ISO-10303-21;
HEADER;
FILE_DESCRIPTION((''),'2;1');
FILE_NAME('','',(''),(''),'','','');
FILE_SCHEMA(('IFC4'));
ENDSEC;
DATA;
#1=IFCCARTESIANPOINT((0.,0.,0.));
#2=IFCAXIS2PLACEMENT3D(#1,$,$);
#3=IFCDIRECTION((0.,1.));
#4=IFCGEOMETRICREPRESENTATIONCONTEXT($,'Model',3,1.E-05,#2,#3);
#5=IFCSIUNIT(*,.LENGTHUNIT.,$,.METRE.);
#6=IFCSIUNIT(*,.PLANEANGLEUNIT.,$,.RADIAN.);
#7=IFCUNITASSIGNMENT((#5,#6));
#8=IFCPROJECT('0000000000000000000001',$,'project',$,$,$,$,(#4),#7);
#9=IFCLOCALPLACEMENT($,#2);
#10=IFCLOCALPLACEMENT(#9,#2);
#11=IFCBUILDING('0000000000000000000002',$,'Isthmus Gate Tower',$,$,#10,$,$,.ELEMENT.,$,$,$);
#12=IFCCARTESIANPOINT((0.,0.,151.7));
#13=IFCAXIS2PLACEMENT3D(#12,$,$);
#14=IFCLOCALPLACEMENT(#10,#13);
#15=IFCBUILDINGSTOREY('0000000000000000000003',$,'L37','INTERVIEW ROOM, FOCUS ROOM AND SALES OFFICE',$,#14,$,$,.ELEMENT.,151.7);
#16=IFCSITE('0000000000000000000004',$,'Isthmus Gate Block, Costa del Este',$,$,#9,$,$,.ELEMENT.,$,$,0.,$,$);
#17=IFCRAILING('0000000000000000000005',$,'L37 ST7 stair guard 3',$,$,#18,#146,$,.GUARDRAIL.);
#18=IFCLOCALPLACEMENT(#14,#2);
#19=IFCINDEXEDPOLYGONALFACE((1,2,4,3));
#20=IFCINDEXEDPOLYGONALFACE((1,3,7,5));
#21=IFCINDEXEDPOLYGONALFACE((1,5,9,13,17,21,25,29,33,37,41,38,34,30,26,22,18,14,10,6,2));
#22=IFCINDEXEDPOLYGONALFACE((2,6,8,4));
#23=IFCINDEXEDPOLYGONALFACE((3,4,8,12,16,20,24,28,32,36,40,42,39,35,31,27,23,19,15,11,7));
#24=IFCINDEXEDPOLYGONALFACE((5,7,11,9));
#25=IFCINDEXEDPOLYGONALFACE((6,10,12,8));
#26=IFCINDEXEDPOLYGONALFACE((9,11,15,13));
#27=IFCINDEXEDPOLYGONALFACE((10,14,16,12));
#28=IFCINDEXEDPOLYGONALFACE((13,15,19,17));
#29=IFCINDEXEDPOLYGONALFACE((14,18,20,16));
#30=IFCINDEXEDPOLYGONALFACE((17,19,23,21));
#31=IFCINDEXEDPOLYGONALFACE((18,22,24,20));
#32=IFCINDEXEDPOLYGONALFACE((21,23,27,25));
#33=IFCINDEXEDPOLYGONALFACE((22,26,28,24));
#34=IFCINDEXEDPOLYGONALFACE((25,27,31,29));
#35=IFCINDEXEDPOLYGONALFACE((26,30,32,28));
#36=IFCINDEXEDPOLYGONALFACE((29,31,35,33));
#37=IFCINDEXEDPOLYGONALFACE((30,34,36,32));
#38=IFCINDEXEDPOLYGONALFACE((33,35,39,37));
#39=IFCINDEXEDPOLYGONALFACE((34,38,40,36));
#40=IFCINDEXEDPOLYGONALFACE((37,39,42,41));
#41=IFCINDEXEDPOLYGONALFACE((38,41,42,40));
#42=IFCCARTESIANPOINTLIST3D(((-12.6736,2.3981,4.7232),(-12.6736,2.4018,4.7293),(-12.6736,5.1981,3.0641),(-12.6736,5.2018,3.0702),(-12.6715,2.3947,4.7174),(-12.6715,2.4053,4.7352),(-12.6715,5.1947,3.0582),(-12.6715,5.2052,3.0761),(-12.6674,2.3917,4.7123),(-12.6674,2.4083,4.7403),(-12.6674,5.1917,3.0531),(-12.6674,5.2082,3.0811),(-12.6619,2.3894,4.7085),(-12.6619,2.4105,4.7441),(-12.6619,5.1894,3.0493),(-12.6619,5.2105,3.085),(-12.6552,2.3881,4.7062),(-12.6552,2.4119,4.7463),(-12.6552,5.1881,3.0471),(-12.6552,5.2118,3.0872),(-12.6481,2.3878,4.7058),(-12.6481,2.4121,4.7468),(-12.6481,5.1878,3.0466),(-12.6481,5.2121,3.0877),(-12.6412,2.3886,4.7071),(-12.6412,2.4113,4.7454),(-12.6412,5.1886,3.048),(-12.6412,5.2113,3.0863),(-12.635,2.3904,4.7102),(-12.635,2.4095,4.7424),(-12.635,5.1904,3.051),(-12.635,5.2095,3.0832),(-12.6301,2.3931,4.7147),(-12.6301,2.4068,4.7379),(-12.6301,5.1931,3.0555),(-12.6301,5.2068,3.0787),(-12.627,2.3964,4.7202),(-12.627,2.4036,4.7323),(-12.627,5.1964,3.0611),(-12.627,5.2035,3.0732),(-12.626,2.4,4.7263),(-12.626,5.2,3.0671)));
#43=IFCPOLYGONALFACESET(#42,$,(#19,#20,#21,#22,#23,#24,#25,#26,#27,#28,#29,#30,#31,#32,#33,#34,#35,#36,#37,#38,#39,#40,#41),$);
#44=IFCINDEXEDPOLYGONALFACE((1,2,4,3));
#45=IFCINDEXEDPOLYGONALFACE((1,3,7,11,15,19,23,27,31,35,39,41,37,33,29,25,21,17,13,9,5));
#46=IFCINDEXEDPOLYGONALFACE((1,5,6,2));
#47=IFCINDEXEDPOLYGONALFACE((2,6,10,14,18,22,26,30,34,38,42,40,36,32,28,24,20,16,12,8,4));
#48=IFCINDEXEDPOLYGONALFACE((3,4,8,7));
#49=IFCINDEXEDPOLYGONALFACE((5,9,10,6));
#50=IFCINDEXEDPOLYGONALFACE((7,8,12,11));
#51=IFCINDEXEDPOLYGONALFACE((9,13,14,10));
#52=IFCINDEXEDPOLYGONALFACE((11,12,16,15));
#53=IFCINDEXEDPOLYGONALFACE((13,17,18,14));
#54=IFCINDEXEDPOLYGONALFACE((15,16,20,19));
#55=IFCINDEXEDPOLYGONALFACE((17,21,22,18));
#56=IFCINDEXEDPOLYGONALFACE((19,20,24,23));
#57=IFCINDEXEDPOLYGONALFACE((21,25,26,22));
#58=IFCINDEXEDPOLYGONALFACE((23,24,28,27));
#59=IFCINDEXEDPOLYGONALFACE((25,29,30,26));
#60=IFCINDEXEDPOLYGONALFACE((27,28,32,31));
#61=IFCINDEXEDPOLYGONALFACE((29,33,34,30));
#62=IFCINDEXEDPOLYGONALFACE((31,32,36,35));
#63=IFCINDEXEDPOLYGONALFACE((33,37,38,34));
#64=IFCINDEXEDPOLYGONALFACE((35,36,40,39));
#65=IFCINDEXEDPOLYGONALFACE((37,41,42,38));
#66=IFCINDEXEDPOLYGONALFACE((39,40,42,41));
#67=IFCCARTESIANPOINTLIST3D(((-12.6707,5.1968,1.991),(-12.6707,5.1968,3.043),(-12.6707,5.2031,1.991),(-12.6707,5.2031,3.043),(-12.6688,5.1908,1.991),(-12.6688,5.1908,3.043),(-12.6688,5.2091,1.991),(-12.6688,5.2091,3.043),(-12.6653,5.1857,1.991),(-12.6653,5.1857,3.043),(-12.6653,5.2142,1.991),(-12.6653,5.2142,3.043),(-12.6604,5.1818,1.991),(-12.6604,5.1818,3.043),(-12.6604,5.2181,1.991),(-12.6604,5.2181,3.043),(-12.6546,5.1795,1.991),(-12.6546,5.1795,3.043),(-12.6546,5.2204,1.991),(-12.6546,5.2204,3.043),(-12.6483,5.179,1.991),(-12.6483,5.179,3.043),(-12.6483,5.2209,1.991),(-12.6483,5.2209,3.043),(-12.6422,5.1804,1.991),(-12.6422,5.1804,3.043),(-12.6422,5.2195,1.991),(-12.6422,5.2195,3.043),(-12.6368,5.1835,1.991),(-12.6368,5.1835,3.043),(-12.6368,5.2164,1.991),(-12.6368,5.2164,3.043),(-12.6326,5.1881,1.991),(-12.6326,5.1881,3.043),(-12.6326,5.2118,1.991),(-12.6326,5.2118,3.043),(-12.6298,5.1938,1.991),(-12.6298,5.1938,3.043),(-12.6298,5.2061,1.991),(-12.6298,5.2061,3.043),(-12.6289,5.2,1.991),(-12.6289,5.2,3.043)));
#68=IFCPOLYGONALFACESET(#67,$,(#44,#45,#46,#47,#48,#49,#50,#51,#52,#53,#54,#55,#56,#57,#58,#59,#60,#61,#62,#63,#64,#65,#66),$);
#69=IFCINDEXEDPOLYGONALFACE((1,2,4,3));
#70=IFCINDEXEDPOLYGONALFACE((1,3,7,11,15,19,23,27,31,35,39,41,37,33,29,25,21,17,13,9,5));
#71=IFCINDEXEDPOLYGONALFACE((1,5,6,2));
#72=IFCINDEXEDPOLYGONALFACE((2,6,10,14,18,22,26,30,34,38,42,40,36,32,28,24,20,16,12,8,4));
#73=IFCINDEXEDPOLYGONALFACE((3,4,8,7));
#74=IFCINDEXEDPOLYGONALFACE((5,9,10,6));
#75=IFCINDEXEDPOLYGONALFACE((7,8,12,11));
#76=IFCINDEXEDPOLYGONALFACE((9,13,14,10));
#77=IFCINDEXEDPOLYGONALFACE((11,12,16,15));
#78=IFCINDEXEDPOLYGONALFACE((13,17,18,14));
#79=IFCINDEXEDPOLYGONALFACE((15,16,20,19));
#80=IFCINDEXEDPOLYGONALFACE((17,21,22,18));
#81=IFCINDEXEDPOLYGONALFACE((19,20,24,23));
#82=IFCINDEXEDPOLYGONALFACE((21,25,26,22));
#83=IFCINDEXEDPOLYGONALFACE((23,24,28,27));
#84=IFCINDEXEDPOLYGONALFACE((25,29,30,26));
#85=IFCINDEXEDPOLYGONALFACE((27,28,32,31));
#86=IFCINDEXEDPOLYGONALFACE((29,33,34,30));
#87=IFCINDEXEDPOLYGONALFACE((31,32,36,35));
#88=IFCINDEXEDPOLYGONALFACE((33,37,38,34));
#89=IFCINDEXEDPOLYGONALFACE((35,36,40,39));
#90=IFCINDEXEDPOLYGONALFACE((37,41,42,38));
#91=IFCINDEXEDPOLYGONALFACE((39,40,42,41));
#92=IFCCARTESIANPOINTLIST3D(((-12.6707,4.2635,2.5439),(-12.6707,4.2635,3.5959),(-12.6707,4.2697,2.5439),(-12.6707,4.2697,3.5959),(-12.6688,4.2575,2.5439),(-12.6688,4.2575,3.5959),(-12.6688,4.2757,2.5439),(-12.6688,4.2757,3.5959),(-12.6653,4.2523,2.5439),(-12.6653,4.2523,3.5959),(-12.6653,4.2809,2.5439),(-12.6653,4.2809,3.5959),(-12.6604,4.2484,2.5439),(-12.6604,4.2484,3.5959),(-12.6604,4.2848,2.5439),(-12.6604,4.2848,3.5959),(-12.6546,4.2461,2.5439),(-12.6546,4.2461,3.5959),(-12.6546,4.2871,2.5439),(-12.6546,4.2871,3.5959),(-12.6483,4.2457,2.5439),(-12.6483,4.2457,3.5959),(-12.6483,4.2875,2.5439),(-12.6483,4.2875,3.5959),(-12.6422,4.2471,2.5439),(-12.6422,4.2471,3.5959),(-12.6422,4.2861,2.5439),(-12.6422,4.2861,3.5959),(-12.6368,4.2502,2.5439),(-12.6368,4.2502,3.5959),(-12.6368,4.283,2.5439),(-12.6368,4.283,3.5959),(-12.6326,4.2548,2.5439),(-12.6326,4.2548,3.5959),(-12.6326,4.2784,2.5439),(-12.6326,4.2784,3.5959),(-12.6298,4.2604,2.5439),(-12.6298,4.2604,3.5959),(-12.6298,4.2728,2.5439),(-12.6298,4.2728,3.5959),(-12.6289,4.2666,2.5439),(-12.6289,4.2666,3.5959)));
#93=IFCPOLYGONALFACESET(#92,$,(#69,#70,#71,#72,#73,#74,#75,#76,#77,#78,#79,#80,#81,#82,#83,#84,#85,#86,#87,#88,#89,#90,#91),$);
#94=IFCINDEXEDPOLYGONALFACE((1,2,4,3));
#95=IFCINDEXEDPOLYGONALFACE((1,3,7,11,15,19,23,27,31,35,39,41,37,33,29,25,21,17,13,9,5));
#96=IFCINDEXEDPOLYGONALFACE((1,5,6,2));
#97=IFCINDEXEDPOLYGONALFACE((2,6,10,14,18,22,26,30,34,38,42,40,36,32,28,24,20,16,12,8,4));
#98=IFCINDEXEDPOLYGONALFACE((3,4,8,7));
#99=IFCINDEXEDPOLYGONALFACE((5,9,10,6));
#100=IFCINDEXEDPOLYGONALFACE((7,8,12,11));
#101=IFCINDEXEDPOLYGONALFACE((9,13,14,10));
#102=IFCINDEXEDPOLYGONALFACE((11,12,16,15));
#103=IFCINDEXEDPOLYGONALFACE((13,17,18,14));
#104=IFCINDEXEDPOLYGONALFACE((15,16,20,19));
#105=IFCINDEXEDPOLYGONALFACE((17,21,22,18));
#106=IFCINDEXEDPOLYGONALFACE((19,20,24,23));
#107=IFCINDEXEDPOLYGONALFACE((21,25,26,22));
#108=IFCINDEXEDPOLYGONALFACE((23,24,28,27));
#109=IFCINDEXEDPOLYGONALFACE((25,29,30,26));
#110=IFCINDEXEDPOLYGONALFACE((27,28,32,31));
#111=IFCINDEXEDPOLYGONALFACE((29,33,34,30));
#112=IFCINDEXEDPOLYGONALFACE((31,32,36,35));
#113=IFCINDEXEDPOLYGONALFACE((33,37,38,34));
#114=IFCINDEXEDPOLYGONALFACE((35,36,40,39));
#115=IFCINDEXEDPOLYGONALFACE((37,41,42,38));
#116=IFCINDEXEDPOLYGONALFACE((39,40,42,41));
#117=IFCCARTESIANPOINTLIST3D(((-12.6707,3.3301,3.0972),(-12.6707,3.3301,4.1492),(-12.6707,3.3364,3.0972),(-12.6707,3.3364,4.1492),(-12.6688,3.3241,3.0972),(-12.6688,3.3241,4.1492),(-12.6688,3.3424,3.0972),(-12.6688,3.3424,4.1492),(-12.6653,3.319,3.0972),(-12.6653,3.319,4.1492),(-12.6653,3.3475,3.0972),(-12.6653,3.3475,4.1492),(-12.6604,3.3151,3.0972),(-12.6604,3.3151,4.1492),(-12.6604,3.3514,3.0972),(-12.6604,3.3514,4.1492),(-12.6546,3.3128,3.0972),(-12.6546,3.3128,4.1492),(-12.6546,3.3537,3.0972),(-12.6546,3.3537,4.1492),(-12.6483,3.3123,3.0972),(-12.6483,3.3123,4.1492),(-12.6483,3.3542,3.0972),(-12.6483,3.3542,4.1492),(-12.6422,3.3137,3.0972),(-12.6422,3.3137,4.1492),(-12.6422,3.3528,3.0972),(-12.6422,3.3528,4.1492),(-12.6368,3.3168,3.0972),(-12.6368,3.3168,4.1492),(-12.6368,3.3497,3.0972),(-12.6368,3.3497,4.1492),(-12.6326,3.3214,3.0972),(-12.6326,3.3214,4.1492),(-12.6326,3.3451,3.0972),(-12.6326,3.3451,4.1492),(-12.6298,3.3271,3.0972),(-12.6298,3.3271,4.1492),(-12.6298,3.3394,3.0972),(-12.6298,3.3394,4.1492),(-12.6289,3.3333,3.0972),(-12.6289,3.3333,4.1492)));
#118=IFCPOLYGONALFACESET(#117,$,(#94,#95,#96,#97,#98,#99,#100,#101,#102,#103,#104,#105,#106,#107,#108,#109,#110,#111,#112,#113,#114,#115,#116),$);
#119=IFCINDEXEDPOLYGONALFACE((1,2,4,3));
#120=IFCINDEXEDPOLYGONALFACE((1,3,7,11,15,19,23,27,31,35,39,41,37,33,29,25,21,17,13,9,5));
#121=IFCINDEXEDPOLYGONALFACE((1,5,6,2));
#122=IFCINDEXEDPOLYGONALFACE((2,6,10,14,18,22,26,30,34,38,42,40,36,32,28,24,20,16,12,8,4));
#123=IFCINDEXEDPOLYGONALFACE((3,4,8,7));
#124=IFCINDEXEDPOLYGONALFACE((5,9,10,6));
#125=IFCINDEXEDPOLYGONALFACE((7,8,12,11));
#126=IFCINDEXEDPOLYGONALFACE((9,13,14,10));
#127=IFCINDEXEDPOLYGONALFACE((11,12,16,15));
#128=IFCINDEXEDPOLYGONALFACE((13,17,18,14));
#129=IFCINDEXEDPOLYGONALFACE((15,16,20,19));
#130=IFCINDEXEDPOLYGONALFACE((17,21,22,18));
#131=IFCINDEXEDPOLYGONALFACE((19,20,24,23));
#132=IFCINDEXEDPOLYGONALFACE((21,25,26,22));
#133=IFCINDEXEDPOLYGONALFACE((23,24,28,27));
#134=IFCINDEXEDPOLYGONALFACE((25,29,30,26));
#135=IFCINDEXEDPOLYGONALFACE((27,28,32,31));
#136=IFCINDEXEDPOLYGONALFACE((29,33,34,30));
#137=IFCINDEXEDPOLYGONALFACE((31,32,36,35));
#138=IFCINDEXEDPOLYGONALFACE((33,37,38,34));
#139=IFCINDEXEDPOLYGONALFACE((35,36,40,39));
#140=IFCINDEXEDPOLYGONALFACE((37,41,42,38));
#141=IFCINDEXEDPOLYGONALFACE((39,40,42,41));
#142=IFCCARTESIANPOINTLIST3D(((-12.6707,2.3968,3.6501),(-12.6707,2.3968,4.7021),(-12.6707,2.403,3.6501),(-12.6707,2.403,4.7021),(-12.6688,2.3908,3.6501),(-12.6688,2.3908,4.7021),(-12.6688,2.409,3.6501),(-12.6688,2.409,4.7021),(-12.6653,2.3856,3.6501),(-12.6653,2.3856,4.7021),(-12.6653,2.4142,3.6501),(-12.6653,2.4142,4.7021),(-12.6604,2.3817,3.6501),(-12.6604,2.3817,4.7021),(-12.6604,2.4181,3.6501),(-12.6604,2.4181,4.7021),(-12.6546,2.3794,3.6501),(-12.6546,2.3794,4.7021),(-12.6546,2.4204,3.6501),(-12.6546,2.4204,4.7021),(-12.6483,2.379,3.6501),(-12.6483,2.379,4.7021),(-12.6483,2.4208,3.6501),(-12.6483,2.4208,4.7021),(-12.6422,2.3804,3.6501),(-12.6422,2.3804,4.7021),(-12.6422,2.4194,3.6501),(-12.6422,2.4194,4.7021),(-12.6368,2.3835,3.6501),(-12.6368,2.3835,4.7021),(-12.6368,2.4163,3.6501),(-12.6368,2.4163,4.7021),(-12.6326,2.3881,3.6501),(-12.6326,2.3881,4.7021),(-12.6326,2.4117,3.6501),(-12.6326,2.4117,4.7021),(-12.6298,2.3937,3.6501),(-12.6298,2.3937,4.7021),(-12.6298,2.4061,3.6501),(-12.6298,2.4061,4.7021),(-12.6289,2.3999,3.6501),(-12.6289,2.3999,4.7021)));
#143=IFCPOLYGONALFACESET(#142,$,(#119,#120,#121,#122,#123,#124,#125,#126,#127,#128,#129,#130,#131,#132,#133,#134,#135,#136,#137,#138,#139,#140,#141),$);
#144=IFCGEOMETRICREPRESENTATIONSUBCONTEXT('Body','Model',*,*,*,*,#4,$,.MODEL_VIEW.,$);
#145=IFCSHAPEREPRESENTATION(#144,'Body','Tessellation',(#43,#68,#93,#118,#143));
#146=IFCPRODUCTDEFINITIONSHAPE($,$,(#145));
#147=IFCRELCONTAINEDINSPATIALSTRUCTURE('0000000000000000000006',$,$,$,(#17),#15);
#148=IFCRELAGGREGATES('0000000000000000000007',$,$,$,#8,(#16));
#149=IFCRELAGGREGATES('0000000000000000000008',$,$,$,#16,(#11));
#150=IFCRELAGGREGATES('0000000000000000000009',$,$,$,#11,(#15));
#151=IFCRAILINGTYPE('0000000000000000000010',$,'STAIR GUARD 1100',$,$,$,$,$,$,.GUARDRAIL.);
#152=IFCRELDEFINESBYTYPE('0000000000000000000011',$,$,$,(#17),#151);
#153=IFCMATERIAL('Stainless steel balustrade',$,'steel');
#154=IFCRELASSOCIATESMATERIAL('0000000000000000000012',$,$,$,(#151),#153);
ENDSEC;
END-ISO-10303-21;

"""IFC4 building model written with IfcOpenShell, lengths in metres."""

from ifc_helpers import new_model, si_unit, direction, frame, origin, origin_2d, place, context, subcontext, project, spatial, circle, extrude, material, type_object, element, save


model = new_model("IFC4")

# Units and contexts
model_context = context("Model", 3, precision=1e-05, world=origin(), true_north=direction((0.0, 1.0)))
body_context = subcontext(model_context, "Body", "Model", "MODEL_VIEW")
ifc_project = project(units=[si_unit("LENGTHUNIT", "METRE"), si_unit("PLANEANGLEUNIT", "RADIAN")], contexts=[model_context])

# Site, building, storey
site_placement = place(None, origin())
site = spatial("IfcSite", under=ifc_project, at=site_placement, Name="Isthmus Gate Block, Costa del Este", CompositionType="ELEMENT", RefElevation=0.0)
building_placement = place(site_placement, origin())
building = spatial("IfcBuilding", under=site, at=building_placement, Name="Isthmus Gate Tower", CompositionType="ELEMENT")
storey_placement = place(building_placement, frame((0.0, 0.0, 151.7)))
storey = spatial("IfcBuildingStorey", under=building, at=storey_placement, Name="L37", Description="INTERVIEW ROOM, FOCUS ROOM AND SALES OFFICE", CompositionType="ELEMENT", Elevation=151.7)

# Railing
ifc_material_1 = material(Name="Stainless steel balustrade", Category="steel")
railing_type_1 = type_object("IfcRailingType", Name="STAIR GUARD 1100", PredefinedType="GUARDRAIL", material=ifc_material_1)
railing_1_placement = place(storey_placement, frame((-12.6499, 5.2, 1.991)))
element("IfcRailing", 1, at=railing_1_placement, inside=storey, type_object=railing_type_1, Name="L37 ST7 stair guard 3", PredefinedType="GUARDRAIL", context=body_context, shape_type="SweptSolid", body=[
    extrude(circle(Radius=0.0239, at=origin_2d()), frame((0.0, 0.0, 1.0762), z_axis=(0.0, -0.860306, 0.509778), x_axis=(1.0, 0.0, 0.0)), (0.0, 0.0, 1.0), 3.2546),
    extrude(circle(Radius=0.021, at=origin_2d()), origin(), (0.0, 0.0, 1.0), 1.052),
    extrude(circle(Radius=0.021, at=origin_2d()), frame((0.0, -0.9333, 0.553)), (0.0, 0.0, 1.0), 1.052),
    extrude(circle(Radius=0.021, at=origin_2d()), frame((0.0, -1.8667, 1.1062)), (0.0, 0.0, 1.0), 1.052),
    extrude(circle(Radius=0.021, at=origin_2d()), frame((0.0, -2.8, 1.6592)), (0.0, 0.0, 1.0), 1.052),
])

save(model, "model.ifc")
